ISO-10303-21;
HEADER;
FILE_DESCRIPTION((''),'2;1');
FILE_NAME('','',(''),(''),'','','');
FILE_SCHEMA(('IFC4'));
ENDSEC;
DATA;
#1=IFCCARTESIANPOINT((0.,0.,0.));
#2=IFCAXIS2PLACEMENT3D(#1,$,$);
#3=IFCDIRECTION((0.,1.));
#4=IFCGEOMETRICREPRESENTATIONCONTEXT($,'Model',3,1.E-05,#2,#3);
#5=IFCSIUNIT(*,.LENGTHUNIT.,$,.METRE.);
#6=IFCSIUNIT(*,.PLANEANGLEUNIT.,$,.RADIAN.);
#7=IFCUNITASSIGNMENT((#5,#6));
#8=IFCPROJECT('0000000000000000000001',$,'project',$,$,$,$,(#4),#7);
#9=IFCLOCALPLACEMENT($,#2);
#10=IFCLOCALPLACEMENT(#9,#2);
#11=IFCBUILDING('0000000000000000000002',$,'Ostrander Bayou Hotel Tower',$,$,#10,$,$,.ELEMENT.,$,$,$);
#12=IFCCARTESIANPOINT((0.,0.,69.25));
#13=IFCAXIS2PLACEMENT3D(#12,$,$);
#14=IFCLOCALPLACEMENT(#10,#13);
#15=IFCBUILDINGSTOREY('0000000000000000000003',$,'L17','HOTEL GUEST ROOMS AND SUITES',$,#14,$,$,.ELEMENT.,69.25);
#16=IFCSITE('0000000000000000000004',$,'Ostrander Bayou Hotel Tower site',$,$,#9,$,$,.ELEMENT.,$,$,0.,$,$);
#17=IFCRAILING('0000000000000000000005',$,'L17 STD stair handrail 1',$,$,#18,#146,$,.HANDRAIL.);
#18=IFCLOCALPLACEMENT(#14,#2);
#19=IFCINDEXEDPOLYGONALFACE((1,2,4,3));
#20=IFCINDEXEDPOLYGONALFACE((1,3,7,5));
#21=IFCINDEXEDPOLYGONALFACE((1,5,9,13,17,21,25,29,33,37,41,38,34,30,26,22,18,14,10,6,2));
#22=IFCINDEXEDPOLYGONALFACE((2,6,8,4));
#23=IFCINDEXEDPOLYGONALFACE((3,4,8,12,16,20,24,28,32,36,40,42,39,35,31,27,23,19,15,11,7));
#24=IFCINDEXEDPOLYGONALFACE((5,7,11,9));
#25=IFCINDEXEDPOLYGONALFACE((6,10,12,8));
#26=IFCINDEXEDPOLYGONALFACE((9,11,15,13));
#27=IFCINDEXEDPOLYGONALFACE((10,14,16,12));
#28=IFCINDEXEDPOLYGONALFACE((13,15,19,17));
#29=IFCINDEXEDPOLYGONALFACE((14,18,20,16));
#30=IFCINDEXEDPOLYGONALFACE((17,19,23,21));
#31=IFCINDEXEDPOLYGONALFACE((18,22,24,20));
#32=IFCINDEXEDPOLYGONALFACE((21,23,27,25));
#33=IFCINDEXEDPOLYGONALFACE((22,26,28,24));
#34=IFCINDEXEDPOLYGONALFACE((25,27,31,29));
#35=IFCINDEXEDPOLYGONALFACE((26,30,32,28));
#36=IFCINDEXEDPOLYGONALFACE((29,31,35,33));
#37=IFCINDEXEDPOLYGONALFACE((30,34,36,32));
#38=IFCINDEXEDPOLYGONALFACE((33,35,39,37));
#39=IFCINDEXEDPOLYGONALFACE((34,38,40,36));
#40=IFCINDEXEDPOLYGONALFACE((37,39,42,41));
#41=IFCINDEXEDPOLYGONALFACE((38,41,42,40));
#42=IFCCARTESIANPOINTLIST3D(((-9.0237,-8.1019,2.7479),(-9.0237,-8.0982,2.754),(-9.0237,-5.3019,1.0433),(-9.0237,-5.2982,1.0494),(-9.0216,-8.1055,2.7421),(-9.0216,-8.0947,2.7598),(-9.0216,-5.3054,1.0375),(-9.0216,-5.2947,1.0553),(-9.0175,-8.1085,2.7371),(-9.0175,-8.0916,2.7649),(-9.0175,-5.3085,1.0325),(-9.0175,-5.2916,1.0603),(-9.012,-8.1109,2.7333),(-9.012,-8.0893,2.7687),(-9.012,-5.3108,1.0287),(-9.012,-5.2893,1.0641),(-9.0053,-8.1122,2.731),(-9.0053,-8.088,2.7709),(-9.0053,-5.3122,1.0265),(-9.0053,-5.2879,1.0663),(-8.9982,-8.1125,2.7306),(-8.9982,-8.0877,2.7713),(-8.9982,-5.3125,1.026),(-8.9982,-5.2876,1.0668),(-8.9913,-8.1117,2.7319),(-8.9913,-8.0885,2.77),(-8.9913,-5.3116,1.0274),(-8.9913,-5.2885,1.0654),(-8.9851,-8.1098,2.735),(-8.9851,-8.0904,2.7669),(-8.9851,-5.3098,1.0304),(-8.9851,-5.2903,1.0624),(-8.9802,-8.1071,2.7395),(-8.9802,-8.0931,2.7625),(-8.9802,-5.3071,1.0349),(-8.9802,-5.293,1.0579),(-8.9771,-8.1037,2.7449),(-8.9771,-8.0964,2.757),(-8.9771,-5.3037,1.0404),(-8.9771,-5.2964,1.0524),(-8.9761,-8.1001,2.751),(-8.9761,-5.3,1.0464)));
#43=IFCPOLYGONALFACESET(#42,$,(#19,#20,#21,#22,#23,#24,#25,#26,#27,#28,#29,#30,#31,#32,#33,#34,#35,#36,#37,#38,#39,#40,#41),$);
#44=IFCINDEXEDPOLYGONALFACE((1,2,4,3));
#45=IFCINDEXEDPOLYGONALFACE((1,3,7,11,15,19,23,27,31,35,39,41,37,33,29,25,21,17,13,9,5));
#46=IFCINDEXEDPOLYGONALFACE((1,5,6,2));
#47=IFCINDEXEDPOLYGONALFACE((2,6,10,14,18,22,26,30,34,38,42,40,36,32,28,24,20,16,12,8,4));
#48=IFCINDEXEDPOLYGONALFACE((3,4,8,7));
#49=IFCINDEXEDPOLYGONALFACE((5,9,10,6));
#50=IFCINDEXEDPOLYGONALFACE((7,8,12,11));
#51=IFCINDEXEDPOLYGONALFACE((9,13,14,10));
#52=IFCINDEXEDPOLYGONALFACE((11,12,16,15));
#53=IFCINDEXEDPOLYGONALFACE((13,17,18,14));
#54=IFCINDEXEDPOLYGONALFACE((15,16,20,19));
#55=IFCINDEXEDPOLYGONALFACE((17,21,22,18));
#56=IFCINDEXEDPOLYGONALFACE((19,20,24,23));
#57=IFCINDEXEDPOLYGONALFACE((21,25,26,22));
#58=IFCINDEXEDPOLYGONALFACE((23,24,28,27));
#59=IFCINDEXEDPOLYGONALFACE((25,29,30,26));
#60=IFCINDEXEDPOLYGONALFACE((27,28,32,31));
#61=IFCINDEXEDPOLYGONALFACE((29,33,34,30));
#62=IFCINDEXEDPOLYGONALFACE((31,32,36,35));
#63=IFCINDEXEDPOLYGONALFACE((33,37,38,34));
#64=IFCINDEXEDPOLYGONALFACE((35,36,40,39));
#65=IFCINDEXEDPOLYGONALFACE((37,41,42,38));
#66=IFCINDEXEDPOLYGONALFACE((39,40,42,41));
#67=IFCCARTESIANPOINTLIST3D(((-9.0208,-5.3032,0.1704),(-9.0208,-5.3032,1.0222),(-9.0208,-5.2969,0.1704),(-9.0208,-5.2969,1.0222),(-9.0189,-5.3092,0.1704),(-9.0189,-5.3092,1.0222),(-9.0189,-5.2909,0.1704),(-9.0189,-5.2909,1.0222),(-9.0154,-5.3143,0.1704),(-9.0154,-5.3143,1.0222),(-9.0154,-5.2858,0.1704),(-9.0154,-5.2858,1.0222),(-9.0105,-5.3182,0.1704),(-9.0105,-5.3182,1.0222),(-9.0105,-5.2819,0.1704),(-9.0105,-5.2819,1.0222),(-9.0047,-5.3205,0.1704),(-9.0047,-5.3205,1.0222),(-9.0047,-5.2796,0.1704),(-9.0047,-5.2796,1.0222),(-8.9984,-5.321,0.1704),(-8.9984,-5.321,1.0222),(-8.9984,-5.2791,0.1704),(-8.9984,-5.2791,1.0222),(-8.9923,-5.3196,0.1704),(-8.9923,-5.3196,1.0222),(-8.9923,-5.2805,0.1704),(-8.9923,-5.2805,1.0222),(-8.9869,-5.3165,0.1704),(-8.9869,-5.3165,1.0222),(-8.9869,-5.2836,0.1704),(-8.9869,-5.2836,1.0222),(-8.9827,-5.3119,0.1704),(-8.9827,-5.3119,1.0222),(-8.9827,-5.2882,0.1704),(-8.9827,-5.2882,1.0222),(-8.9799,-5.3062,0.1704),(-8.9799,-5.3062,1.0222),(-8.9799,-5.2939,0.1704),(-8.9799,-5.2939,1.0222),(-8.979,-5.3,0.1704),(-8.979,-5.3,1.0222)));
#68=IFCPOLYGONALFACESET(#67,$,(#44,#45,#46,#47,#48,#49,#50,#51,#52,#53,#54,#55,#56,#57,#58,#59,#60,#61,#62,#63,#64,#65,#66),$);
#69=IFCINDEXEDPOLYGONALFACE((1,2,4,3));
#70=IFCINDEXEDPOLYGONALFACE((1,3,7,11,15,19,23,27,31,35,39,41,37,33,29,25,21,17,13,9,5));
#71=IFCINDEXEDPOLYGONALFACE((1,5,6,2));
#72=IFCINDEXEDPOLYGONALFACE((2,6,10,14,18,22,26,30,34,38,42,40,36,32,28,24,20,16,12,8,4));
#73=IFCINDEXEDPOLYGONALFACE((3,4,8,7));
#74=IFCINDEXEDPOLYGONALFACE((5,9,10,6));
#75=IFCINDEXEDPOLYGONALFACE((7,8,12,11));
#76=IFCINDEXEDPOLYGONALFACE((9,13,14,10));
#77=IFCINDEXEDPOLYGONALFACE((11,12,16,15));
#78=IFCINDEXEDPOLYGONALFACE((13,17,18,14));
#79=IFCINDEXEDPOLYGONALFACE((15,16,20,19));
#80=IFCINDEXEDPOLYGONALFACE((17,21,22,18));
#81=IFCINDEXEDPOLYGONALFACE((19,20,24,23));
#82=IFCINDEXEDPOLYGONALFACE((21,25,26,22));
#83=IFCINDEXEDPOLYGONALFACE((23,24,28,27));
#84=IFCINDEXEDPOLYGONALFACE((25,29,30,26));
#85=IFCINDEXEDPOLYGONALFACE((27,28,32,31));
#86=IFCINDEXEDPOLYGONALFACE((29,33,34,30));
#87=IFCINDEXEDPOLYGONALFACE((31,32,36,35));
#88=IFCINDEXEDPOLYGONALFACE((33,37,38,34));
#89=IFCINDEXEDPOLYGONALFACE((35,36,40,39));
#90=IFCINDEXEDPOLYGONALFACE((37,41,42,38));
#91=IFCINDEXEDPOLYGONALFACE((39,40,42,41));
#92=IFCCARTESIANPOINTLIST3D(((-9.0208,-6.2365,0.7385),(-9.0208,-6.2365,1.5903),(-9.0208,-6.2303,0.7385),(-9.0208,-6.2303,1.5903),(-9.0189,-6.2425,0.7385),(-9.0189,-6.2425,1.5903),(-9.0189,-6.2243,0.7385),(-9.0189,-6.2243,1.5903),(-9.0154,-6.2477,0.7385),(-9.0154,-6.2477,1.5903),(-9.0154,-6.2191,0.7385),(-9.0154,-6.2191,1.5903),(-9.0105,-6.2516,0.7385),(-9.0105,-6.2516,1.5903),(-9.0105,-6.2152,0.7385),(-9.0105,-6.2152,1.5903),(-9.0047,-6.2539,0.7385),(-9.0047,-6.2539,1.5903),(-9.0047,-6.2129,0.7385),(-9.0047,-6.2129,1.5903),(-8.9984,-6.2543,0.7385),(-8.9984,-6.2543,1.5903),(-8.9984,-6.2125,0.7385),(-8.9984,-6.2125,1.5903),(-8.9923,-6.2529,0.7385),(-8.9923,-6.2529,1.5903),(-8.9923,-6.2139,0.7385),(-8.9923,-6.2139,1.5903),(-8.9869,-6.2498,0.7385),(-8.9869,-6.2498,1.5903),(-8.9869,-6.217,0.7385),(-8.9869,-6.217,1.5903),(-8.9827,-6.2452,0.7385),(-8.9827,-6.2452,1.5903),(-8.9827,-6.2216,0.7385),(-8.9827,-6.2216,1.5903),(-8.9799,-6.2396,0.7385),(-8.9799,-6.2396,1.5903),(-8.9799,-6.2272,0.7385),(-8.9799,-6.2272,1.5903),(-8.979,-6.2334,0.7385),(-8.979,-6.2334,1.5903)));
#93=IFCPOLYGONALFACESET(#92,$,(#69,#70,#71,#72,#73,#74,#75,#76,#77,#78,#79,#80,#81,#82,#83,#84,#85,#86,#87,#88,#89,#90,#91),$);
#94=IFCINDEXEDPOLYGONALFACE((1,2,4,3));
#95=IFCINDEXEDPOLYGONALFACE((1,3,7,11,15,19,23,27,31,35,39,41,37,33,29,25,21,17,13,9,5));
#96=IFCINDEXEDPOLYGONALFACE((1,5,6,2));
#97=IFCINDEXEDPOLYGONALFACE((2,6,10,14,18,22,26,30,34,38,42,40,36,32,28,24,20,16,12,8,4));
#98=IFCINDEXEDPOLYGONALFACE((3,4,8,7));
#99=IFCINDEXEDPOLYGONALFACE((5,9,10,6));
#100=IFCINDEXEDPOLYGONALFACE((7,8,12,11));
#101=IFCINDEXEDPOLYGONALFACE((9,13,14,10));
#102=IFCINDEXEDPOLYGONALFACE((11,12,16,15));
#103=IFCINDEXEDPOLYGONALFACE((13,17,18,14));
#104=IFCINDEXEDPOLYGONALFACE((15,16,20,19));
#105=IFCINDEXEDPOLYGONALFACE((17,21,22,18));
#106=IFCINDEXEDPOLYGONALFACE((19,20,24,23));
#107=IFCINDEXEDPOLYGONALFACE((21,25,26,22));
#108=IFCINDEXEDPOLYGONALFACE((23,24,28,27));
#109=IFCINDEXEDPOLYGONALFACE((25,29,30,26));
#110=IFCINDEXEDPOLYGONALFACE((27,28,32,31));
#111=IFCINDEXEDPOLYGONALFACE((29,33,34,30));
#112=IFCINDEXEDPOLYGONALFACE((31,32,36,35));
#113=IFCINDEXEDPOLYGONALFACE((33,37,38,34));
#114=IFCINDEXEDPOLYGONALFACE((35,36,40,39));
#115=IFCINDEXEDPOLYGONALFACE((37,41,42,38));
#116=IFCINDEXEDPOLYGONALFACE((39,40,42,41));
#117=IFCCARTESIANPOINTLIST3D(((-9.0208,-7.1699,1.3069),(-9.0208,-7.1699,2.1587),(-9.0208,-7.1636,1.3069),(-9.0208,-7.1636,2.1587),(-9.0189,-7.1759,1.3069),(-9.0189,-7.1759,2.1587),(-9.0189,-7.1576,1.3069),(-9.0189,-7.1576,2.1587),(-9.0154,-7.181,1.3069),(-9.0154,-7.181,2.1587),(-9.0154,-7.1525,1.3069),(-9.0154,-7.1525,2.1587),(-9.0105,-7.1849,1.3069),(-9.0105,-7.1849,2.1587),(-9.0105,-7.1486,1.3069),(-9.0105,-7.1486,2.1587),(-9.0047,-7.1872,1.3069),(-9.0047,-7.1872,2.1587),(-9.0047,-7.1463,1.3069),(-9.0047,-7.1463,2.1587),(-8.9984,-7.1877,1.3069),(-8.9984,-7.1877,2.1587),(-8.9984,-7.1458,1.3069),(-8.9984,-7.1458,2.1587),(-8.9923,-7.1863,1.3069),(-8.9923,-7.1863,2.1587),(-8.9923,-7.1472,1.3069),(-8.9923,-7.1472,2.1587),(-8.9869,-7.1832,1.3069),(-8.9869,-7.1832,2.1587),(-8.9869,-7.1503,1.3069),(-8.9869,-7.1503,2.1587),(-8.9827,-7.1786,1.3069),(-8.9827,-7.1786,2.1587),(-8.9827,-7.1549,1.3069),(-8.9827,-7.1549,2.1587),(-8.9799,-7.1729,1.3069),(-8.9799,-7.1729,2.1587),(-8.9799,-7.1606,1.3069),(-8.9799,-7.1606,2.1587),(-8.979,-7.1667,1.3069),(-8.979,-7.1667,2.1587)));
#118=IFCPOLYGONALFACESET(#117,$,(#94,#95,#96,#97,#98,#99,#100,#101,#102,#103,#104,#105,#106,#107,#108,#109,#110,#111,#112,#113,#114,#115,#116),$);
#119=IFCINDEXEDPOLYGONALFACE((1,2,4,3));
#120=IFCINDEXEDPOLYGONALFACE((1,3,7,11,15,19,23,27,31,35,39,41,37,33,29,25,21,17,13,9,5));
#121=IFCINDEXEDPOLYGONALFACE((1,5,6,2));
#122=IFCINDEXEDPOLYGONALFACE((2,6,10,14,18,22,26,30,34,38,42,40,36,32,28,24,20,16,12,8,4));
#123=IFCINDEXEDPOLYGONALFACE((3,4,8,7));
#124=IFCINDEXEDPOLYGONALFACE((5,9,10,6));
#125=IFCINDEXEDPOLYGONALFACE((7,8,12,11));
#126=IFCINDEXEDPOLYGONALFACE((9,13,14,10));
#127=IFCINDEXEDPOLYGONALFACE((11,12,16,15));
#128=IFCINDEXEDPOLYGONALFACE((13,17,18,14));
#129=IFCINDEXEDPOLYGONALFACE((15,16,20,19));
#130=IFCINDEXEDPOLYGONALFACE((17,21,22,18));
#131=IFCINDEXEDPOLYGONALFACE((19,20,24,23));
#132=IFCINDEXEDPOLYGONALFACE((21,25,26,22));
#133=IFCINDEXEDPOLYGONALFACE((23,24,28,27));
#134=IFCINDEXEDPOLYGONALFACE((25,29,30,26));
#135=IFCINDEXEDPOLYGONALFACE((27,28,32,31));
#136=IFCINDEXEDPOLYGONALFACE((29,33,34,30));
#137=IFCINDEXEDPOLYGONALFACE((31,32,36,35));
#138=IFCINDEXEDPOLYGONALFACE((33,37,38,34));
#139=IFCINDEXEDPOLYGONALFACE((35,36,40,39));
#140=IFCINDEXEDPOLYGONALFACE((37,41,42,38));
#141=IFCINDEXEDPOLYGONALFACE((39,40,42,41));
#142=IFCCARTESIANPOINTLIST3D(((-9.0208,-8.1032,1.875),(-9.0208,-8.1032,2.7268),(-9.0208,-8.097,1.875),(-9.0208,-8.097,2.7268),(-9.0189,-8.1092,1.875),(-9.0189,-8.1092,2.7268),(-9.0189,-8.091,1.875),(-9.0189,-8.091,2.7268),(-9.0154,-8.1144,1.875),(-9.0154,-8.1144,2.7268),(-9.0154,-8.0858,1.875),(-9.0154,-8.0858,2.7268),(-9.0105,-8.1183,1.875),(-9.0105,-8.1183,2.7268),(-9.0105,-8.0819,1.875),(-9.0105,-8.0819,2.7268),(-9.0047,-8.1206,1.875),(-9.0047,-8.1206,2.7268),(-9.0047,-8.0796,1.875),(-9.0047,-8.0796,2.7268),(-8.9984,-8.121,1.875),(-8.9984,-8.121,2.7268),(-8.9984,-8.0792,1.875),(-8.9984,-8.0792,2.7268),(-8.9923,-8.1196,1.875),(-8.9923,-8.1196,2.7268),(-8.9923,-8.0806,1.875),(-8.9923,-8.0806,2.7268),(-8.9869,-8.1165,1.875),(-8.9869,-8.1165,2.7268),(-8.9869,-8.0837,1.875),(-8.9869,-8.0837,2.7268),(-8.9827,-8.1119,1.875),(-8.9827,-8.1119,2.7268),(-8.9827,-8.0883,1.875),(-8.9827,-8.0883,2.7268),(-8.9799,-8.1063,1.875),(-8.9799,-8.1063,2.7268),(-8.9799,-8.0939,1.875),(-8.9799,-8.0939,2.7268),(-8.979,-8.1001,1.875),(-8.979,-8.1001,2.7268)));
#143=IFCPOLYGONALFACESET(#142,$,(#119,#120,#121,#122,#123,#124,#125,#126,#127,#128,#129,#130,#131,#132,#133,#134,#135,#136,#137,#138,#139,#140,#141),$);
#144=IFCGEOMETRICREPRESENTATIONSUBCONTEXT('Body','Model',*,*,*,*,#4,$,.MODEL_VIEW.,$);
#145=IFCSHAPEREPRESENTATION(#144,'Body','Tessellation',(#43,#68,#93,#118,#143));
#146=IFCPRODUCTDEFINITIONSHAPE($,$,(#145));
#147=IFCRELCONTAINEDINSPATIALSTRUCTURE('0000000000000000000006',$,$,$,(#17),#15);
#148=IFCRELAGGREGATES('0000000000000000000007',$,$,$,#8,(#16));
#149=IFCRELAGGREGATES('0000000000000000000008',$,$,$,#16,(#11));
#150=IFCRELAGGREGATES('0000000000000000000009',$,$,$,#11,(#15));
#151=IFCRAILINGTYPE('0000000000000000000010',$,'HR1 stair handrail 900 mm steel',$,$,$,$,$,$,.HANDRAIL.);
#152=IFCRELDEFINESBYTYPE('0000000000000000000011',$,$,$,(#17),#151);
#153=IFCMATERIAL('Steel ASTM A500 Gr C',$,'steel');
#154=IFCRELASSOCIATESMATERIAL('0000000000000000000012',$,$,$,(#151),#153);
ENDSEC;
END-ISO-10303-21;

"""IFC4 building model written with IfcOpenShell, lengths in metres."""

from ifc_helpers import new_model, si_unit, direction, frame, origin, origin_2d, place, context, subcontext, project, spatial, circle, extrude, material, type_object, element, save


model = new_model("IFC4")

# Units and contexts
model_context = context("Model", 3, precision=1e-05, world=origin(), true_north=direction((0.0, 1.0)))
body_context = subcontext(model_context, "Body", "Model", "MODEL_VIEW")
ifc_project = project(units=[si_unit("LENGTHUNIT", "METRE"), si_unit("PLANEANGLEUNIT", "RADIAN")], contexts=[model_context])

# Site, building, storey
site_placement = place(None, origin())
site = spatial("IfcSite", under=ifc_project, at=site_placement, Name="Ostrander Bayou Hotel Tower site", CompositionType="ELEMENT", RefElevation=0.0)
building_placement = place(site_placement, origin())
building = spatial("IfcBuilding", under=site, at=building_placement, Name="Ostrander Bayou Hotel Tower", CompositionType="ELEMENT")
storey_placement = place(building_placement, frame((0.0, 0.0, 69.25)))
storey = spatial("IfcBuildingStorey", under=building, at=storey_placement, Name="L17", Description="HOTEL GUEST ROOMS AND SUITES", CompositionType="ELEMENT", Elevation=69.25)

# Railing
ifc_material_1 = material(Name="Steel ASTM A500 Gr C", Category="steel")
railing_type_1 = type_object("IfcRailingType", Name="HR1 stair handrail 900 mm steel", PredefinedType="HANDRAIL", material=ifc_material_1)
railing_1_placement = place(storey_placement, frame((-9.0, -5.3, 0.1704)))
element("IfcRailing", 1, at=railing_1_placement, inside=storey, type_object=railing_type_1, Name="L17 STD stair handrail 1", PredefinedType="HANDRAIL", context=body_context, shape_type="SweptSolid", body=[
    extrude(circle(Radius=0.0239, at=origin_2d()), frame((0.0, 0.0, 0.876), z_axis=(0.0, -0.85417, 0.519994), x_axis=(1.0, 0.0, 0.0)), (0.0, 0.0, 1.0), 3.2781),
    extrude(circle(Radius=0.021, at=origin_2d()), origin(), (0.0, 0.0, 1.0), 0.8518),
    extrude(circle(Radius=0.021, at=origin_2d()), frame((0.0, -0.9333, 0.5681)), (0.0, 0.0, 1.0), 0.8518),
    extrude(circle(Radius=0.021, at=origin_2d()), frame((0.0, -1.8667, 1.1365)), (0.0, 0.0, 1.0), 0.8518),
    extrude(circle(Radius=0.021, at=origin_2d()), frame((0.0, -2.8, 1.7046)), (0.0, 0.0, 1.0), 0.8518),
])

save(model, "model.ifc")
